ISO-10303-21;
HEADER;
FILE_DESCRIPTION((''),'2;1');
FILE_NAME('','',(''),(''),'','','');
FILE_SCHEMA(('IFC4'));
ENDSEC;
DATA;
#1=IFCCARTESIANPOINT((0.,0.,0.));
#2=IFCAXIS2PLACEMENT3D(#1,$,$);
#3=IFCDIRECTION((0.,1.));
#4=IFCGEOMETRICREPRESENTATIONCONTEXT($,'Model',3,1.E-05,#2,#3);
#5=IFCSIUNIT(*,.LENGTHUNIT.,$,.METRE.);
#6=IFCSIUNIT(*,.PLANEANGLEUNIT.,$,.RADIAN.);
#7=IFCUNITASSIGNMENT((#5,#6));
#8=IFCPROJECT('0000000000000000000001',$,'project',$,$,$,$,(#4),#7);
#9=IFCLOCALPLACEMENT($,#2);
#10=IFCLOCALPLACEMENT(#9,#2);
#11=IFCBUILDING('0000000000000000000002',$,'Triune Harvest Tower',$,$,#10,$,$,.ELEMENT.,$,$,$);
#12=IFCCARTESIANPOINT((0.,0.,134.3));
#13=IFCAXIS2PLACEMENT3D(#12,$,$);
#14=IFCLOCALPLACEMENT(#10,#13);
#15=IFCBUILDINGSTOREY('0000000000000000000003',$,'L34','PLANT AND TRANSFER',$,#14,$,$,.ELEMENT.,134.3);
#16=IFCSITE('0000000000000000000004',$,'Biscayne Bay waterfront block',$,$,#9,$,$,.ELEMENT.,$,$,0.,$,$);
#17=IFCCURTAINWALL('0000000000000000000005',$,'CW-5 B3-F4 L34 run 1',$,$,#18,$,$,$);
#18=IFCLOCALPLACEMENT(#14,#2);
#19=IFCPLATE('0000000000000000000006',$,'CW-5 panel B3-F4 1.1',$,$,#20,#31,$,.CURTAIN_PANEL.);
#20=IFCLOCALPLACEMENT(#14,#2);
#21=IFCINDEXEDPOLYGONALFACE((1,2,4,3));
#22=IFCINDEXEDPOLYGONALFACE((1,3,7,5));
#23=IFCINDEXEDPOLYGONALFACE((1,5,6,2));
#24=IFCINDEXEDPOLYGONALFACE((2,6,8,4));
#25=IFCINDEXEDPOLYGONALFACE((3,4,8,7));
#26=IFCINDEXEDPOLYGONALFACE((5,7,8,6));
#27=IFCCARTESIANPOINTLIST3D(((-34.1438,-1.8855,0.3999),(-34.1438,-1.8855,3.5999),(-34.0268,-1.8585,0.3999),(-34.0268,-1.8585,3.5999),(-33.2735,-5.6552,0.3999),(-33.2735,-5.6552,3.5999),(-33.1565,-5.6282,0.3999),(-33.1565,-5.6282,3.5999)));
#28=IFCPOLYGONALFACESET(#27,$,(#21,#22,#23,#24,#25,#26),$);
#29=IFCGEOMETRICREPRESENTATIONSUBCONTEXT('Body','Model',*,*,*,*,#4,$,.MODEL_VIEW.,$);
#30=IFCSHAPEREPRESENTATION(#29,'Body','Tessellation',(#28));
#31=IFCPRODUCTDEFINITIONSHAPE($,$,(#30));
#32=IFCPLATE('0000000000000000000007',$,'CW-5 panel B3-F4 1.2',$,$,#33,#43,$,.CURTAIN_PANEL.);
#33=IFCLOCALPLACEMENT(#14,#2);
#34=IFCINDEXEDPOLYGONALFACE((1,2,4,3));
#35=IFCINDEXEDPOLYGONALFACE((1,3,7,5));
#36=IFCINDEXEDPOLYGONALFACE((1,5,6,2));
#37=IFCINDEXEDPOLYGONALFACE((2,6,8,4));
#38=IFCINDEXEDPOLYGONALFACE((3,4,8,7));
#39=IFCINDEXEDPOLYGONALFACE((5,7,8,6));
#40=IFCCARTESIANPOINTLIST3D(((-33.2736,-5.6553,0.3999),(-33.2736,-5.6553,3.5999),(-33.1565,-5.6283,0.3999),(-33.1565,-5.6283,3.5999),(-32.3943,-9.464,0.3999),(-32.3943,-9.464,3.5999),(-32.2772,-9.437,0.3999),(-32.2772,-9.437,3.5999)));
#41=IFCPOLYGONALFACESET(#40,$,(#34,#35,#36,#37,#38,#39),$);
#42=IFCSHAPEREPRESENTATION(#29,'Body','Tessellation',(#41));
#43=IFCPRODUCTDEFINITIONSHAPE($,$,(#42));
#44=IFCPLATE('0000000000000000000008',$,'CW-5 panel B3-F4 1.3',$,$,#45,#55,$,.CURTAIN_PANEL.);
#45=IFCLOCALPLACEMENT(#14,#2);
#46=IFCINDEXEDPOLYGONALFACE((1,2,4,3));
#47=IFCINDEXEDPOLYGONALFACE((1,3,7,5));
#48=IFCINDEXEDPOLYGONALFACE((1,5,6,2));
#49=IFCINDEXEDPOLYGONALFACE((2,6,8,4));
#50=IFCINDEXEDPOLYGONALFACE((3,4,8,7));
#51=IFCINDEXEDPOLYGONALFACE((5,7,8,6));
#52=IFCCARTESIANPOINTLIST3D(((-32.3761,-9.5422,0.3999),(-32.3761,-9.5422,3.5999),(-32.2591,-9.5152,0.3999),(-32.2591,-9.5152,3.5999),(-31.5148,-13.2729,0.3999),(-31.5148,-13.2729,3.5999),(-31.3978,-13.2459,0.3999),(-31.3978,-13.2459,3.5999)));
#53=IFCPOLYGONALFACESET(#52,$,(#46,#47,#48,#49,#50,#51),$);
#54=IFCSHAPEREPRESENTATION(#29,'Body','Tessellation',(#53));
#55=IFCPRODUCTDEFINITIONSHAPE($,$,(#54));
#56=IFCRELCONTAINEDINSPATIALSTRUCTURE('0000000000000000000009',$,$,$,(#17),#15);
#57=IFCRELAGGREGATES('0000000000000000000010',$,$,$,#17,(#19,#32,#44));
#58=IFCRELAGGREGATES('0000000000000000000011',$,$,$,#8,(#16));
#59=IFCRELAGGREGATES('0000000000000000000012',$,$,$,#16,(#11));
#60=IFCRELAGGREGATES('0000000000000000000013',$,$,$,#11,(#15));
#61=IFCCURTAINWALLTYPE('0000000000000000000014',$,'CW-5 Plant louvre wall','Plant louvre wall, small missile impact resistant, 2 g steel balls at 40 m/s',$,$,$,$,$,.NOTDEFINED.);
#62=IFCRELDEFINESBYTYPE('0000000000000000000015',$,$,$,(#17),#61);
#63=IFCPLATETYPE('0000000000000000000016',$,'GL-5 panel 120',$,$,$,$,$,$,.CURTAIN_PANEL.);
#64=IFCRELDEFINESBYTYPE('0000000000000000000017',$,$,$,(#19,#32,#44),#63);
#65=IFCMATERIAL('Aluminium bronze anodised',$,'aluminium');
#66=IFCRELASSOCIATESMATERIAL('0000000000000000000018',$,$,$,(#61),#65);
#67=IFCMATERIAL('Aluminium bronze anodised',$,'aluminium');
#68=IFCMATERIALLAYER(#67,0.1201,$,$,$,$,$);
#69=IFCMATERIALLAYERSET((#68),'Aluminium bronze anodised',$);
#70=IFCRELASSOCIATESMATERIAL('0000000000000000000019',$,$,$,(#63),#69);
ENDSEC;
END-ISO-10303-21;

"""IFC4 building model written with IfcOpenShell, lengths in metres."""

from ifc_helpers import new_model, si_unit, direction, frame, origin, origin_2d, place, context, subcontext, project, spatial, rectangle, extrude, source, transform, mapped, material, layer, layer_set, type_object, element, aggregate, save


model = new_model("IFC4")

# Units and contexts
model_context = context("Model", 3, precision=1e-05, world=origin(), true_north=direction((0.0, 1.0)))
body_context = subcontext(model_context, "Body", "Model", "MODEL_VIEW")
ifc_project = project(units=[si_unit("LENGTHUNIT", "METRE"), si_unit("PLANEANGLEUNIT", "RADIAN")], contexts=[model_context])

# Site, building, storey
site_placement = place(None, origin())
site = spatial("IfcSite", under=ifc_project, at=site_placement, Name="Biscayne Bay waterfront block", CompositionType="ELEMENT", RefElevation=0.0)
building_placement = place(site_placement, origin())
building = spatial("IfcBuilding", under=site, at=building_placement, Name="Triune Harvest Tower", CompositionType="ELEMENT")
storey_placement = place(building_placement, frame((0.0, 0.0, 134.3)))
storey = spatial("IfcBuildingStorey", under=building, at=storey_placement, Name="L34", Description="PLANT AND TRANSFER", CompositionType="ELEMENT", Elevation=134.3)

# Curtain wall
ifc_material_1 = material(Name="Aluminium bronze anodised", Category="aluminium")
curtain_wall_type = type_object("IfcCurtainWallType", Name="CW-5 Plant louvre wall", Description="Plant louvre wall, small missile impact resistant, 2 g steel balls at 40 m/s", PredefinedType="NOTDEFINED", material=ifc_material_1)
curtain_wall_1_placement = place(storey_placement, origin())
curtain_wall_1 = element("IfcCurtainWall", 1, at=curtain_wall_1_placement, inside=storey, type_object=curtain_wall_type, Name="CW-5 B3-F4 L34 run 1")

# Plates
ifc_material_2 = material(Name="Aluminium bronze anodised", Category="aluminium")
ifc_layer = layer(ifc_material_2, 0.1201)
ifc_layer_set = layer_set([ifc_layer], Name="Aluminium bronze anodised")
plate_type = type_object("IfcPlateType", Name="GL-5 panel 120", PredefinedType="CURTAIN_PANEL", material=ifc_layer_set)
shared_shape_1 = source(origin(), body_context, "Body", "SweptSolid", [
    extrude(rectangle(XDim=3.8689, YDim=0.1201, at=origin_2d()), origin(), (0.0, 0.0, 1.0), 3.2),
])
plate_1_placement = place(storey_placement, frame((-33.6501, -3.7568, 0.3999), z_axis=(0.0, 0.0, 1.0), x_axis=(0.224947, -0.974371, 0.0)))
plate_1 = element("IfcPlate", 2, at=plate_1_placement, type_object=plate_type, Name="CW-5 panel B3-F4 1.1", PredefinedType="CURTAIN_PANEL", context=body_context, shape_type="MappedRepresentation", body=[
    mapped(shared_shape_1, transform((0.0, 0.0, 0.0), scale=1.0)),
])
shared_shape_2 = source(origin(), body_context, "Body", "SweptSolid", [
    extrude(rectangle(XDim=3.9089, YDim=0.1201, at=origin_2d()), origin(), (0.0, 0.0, 1.0), 3.2),
])
plate_2_placement = place(storey_placement, frame((-32.7754, -7.5461, 0.3999), z_axis=(0.0, 0.0, 1.0), x_axis=(0.224947, -0.974371, 0.0)))
plate_2 = element("IfcPlate", 3, at=plate_2_placement, type_object=plate_type, Name="CW-5 panel B3-F4 1.2", PredefinedType="CURTAIN_PANEL", context=body_context, shape_type="MappedRepresentation", body=[
    mapped(shared_shape_2, transform((0.0, 0.0, 0.0), scale=1.0)),
])
shared_shape_3 = source(origin(), body_context, "Body", "SweptSolid", [
    extrude(rectangle(XDim=3.8289, YDim=0.1201, at=origin_2d()), origin(), (0.0, 0.0, 1.0), 3.2),
])
plate_3_placement = place(storey_placement, frame((-31.887, -11.394, 0.3999), z_axis=(0.0, 0.0, 1.0), x_axis=(0.224947, -0.974371, 0.0)))
plate_3 = element("IfcPlate", 4, at=plate_3_placement, type_object=plate_type, Name="CW-5 panel B3-F4 1.3", PredefinedType="CURTAIN_PANEL", context=body_context, shape_type="MappedRepresentation", body=[
    mapped(shared_shape_3, transform((0.0, 0.0, 0.0), scale=1.0)),
])
aggregate(curtain_wall_1, [plate_1, plate_2, plate_3])

save(model, "model.ifc")
